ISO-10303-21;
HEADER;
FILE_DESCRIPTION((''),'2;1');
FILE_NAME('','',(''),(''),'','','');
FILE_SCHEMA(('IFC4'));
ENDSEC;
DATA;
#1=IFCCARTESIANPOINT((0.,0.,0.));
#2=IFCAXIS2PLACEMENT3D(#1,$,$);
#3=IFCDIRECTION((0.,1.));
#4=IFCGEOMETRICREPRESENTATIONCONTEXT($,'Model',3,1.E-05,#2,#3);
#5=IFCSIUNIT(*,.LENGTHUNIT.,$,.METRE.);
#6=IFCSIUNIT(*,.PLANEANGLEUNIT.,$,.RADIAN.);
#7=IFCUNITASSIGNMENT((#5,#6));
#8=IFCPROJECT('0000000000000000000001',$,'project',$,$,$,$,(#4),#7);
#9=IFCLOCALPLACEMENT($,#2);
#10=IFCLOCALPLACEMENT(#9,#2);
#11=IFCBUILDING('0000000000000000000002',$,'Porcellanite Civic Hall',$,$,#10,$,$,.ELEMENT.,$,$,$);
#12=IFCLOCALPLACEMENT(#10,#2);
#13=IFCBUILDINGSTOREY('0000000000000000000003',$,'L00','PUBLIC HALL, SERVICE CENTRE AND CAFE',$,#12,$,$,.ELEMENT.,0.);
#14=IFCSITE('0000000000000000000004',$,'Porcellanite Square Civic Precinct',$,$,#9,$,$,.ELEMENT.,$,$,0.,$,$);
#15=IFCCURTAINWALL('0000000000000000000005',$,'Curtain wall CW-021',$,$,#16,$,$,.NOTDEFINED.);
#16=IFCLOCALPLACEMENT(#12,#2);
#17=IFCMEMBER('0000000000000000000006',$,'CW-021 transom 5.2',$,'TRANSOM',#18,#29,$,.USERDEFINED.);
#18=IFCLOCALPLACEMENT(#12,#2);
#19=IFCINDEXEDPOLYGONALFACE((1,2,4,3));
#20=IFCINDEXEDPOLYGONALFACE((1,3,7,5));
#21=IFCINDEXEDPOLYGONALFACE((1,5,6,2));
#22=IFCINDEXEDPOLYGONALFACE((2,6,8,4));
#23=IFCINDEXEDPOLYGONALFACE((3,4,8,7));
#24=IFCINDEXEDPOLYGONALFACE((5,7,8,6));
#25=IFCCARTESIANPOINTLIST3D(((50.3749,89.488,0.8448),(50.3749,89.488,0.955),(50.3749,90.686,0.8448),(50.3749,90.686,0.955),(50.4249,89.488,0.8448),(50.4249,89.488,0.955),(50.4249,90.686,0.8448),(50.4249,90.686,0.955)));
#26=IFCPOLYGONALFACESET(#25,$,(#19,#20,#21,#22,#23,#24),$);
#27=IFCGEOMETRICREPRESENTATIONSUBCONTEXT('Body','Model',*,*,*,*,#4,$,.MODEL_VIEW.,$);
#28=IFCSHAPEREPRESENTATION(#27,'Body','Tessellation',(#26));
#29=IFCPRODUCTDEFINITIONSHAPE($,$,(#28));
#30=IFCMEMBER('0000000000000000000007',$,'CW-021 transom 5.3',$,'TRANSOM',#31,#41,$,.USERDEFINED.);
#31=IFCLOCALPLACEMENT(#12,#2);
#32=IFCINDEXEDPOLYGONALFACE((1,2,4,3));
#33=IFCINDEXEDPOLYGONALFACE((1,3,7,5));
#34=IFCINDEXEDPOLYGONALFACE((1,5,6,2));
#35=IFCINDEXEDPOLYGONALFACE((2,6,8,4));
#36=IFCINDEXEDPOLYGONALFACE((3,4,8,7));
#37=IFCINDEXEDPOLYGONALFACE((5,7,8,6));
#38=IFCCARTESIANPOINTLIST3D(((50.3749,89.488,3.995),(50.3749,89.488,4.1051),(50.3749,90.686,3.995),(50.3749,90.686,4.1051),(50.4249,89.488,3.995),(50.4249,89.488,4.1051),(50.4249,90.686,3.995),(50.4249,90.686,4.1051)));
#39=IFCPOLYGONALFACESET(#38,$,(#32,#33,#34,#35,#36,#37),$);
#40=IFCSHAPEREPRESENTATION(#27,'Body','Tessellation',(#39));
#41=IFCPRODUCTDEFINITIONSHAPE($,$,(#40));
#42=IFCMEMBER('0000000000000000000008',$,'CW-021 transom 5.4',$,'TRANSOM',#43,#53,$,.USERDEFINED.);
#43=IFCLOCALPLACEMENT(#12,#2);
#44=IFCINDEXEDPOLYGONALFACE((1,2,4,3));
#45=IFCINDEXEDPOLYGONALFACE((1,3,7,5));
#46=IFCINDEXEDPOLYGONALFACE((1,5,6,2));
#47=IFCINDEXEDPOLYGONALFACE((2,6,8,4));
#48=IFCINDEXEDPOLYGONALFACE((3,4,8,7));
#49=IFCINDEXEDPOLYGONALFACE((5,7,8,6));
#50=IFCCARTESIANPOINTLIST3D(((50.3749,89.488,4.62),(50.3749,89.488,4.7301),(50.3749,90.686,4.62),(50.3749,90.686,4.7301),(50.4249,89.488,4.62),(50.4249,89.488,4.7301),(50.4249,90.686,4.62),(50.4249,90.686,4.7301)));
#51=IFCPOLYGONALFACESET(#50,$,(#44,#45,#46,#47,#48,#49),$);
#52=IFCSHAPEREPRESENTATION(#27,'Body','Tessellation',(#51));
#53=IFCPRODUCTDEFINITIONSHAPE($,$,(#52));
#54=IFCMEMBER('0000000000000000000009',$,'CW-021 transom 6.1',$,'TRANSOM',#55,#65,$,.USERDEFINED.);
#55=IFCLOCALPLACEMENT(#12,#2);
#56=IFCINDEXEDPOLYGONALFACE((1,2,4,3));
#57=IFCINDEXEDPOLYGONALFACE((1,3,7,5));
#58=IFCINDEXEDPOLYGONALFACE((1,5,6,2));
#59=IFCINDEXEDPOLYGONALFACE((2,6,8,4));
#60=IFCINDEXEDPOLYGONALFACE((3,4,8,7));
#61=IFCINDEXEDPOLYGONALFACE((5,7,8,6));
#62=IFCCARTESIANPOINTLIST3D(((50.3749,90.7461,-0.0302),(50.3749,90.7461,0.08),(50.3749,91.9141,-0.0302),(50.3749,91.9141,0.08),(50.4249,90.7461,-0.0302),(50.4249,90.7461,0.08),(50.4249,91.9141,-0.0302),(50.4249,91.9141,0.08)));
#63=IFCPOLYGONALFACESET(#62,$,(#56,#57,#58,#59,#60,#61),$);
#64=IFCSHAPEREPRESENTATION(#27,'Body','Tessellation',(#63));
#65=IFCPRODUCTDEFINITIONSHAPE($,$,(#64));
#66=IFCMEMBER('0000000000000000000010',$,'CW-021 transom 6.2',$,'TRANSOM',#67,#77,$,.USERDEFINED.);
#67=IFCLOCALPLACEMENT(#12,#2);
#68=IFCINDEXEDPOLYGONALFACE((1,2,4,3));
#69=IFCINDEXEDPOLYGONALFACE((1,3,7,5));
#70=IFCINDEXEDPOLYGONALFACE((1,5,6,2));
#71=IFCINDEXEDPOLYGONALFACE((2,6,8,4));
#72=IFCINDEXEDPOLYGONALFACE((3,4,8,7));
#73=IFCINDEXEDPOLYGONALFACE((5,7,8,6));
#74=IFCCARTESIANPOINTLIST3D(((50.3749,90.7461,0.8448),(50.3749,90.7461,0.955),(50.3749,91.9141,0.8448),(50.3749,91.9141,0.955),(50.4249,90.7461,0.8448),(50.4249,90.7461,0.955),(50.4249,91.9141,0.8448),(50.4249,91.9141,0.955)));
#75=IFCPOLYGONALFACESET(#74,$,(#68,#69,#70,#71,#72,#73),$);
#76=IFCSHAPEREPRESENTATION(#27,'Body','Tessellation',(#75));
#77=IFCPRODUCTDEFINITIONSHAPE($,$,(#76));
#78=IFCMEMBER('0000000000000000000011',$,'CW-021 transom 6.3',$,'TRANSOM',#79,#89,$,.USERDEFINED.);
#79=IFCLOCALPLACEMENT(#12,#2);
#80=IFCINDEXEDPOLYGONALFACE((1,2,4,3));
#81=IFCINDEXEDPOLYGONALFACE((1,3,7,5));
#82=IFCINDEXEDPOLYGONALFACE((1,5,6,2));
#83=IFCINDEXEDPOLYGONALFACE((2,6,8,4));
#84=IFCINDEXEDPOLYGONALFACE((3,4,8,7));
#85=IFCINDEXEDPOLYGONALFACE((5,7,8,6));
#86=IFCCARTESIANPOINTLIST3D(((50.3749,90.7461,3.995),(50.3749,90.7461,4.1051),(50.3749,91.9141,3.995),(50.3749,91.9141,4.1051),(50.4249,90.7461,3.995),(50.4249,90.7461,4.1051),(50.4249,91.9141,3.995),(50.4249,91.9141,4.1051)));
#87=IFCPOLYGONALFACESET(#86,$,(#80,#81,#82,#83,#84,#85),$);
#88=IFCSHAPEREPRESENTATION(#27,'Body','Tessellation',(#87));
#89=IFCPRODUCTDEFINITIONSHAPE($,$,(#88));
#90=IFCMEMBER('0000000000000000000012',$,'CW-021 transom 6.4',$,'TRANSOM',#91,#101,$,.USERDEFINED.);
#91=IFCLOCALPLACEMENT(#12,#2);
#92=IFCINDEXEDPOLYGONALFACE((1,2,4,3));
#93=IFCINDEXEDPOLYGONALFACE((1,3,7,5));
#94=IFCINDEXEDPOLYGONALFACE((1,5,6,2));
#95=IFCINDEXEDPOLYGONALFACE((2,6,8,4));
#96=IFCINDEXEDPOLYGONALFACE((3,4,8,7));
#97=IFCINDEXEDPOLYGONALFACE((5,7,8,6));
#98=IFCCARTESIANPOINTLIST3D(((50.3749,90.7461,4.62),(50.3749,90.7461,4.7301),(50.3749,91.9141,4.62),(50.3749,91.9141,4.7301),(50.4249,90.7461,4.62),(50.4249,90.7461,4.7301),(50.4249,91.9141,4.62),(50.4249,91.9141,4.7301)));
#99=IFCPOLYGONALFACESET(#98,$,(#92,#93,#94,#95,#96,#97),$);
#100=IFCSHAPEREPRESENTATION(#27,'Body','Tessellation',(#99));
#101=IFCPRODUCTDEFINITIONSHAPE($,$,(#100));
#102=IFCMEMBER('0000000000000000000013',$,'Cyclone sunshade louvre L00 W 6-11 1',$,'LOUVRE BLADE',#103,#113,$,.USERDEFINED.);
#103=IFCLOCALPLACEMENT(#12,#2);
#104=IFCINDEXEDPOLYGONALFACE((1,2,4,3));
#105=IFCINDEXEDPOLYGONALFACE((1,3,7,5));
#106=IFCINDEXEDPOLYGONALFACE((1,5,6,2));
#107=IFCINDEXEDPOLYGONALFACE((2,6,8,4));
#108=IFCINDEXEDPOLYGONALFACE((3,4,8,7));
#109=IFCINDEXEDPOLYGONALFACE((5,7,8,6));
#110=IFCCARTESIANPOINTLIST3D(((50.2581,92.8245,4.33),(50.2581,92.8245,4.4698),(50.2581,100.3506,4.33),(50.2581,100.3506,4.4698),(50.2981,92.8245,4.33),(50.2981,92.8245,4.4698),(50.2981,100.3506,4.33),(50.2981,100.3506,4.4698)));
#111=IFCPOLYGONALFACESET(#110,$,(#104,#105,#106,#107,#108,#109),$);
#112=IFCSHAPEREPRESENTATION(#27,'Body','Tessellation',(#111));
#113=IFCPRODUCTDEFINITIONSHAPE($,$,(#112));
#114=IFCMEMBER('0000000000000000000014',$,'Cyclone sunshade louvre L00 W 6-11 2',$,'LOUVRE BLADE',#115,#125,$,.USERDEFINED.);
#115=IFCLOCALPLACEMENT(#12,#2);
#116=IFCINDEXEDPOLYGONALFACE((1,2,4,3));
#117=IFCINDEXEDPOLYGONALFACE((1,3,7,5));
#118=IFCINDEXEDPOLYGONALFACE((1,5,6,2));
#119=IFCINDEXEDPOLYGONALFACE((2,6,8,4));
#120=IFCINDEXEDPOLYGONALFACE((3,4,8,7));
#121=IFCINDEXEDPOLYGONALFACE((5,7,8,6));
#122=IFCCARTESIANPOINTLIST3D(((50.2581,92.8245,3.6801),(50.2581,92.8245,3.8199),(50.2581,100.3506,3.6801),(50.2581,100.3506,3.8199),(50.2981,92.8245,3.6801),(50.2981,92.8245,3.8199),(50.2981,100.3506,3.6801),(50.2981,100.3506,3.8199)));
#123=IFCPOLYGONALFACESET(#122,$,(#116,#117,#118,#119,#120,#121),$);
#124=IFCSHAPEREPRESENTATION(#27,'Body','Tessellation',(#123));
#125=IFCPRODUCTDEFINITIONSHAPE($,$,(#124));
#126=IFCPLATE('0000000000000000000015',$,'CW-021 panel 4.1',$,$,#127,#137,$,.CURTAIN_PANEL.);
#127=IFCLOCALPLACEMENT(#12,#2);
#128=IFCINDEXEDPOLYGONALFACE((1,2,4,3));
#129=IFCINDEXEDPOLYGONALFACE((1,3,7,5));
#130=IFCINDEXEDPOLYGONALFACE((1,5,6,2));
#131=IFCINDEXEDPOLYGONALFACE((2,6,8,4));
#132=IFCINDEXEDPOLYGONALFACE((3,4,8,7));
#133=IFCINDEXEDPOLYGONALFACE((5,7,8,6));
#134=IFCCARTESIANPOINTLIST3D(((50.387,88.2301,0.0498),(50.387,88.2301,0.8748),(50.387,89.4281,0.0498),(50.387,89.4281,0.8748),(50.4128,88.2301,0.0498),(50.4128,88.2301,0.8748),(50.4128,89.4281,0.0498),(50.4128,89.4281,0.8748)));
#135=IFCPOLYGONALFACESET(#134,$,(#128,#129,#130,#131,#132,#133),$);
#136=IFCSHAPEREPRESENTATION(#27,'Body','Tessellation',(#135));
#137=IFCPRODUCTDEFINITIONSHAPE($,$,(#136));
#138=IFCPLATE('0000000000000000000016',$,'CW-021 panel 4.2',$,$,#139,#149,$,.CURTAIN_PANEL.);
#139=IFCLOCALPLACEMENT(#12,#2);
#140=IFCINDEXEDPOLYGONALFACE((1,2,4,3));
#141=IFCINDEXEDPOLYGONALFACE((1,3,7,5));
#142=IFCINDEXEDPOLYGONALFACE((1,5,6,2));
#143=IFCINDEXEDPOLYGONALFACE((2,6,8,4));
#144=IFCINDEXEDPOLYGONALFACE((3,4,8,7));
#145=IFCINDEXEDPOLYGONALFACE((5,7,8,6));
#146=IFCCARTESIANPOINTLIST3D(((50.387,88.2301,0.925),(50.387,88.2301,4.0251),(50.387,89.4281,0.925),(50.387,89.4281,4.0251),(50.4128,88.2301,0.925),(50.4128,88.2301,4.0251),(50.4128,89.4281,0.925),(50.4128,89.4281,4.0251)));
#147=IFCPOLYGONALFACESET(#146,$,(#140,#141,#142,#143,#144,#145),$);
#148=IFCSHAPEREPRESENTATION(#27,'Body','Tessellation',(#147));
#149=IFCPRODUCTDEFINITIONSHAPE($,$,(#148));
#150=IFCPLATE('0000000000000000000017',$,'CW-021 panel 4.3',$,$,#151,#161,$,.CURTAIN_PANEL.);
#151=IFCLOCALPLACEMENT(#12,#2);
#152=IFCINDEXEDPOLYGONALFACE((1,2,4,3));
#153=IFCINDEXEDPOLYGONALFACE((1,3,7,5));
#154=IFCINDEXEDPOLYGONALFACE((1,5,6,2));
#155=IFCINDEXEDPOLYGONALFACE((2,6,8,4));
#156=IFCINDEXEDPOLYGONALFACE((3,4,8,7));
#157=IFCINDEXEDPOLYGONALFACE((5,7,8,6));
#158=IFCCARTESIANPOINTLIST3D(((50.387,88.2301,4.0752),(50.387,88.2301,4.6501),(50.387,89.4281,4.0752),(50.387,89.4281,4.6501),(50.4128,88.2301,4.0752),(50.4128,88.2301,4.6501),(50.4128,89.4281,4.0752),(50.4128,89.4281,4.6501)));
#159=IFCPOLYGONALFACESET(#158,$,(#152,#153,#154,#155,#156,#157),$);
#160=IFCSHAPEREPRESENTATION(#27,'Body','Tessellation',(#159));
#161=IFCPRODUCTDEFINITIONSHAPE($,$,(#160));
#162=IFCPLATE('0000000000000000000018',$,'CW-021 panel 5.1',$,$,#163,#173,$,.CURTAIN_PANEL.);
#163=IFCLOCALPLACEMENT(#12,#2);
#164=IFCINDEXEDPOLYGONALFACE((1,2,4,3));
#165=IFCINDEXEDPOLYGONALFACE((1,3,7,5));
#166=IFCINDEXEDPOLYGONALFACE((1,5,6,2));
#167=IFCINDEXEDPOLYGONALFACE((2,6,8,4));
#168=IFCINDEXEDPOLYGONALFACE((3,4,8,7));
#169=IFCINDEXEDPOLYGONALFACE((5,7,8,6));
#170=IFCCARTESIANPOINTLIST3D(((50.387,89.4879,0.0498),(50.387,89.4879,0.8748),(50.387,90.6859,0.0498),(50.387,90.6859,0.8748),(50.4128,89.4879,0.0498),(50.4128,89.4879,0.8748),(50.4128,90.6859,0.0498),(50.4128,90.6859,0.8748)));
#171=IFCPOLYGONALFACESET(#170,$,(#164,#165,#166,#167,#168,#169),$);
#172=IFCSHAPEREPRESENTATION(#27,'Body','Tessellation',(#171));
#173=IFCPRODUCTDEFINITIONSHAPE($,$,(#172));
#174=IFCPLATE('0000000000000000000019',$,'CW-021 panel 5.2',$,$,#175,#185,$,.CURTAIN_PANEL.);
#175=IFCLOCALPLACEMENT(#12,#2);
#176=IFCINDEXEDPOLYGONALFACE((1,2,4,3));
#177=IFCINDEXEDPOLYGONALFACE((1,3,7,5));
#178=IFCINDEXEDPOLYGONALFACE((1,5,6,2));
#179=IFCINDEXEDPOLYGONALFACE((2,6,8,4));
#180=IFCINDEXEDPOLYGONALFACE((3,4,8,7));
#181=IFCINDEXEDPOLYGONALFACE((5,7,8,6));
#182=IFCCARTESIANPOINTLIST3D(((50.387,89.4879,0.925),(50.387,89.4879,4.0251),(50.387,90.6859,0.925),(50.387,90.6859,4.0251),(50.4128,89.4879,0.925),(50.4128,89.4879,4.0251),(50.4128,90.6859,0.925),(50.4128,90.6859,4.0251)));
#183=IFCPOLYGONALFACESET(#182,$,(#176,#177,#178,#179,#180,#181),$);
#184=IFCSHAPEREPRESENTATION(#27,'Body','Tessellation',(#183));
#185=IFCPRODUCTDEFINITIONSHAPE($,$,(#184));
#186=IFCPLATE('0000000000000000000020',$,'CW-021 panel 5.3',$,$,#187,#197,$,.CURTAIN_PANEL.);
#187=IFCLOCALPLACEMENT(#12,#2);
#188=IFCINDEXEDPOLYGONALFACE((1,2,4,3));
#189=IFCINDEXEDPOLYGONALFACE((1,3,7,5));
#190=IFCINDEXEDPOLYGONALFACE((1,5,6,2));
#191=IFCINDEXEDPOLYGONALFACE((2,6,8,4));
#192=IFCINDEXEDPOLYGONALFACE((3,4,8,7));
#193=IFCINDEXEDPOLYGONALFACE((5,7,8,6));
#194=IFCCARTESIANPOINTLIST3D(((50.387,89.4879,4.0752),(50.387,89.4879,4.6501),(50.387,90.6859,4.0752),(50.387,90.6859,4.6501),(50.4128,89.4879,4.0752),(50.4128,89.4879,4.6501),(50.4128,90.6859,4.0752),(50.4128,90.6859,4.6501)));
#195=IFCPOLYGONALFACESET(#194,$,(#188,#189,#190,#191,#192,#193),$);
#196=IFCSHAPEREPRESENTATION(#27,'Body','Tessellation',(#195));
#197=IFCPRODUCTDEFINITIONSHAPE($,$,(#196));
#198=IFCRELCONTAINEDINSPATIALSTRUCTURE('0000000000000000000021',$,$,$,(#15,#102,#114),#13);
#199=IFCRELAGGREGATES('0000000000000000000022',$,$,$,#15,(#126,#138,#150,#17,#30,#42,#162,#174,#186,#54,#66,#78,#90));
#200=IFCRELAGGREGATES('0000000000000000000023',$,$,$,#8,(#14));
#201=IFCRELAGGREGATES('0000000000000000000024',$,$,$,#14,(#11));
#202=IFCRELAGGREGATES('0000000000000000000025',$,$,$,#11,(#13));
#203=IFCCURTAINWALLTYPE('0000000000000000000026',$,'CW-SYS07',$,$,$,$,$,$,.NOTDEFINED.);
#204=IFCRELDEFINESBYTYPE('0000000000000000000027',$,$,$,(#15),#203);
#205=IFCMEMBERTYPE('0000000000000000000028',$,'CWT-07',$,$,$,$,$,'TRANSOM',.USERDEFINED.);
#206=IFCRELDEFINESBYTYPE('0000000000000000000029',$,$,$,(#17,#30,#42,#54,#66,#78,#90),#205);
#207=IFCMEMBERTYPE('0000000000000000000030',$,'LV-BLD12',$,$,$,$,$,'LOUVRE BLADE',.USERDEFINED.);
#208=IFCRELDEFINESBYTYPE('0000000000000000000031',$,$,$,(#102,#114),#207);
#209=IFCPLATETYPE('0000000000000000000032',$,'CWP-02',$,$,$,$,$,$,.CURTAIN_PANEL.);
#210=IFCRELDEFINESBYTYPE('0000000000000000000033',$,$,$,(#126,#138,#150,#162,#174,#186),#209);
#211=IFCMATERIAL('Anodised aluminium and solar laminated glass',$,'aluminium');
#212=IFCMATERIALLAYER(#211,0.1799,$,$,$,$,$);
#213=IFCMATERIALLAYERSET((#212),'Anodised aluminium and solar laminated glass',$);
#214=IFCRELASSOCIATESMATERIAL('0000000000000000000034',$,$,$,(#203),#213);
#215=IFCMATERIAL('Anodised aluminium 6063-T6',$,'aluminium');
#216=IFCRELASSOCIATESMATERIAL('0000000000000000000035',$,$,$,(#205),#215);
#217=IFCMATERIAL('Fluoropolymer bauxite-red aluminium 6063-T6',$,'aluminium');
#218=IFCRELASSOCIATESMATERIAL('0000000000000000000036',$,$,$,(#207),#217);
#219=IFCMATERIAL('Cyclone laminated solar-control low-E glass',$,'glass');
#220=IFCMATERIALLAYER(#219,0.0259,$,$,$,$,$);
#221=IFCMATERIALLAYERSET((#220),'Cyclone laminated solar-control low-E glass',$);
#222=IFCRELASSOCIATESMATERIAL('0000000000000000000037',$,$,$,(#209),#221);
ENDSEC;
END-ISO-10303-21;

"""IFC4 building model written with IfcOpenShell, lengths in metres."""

from ifc_helpers import new_model, si_unit, direction, frame, origin, origin_2d, place, context, subcontext, project, spatial, rectangle, extrude, material, layer, layer_set, material_profile, profile_set, type_object, element, aggregate, save


model = new_model("IFC4")

# Units and contexts
model_context = context("Model", 3, precision=1e-05, world=origin(), true_north=direction((0.0, 1.0)))
body_context = subcontext(model_context, "Body", "Model", "MODEL_VIEW")
ifc_project = project(units=[si_unit("LENGTHUNIT", "METRE"), si_unit("PLANEANGLEUNIT", "RADIAN")], contexts=[model_context])

# Site, building, storey
site_placement = place(None, origin())
site = spatial("IfcSite", under=ifc_project, at=site_placement, Name="Porcellanite Square Civic Precinct", CompositionType="ELEMENT", RefElevation=0.0)
building_placement = place(site_placement, origin())
building = spatial("IfcBuilding", under=site, at=building_placement, Name="Porcellanite Civic Hall", CompositionType="ELEMENT")
storey_placement = place(building_placement, origin())
storey = spatial("IfcBuildingStorey", under=building, at=storey_placement, Name="L00", Description="PUBLIC HALL, SERVICE CENTRE AND CAFE", CompositionType="ELEMENT", Elevation=0.0)

# Curtain wall
ifc_material_1 = material(Name="Anodised aluminium and solar laminated glass", Category="aluminium")
ifc_layer_1 = layer(ifc_material_1, 0.1799)
ifc_layer_set_1 = layer_set([ifc_layer_1], Name="Anodised aluminium and solar laminated glass")
curtain_wall_type_1 = type_object("IfcCurtainWallType", Name="CW-SYS07", PredefinedType="NOTDEFINED", material=ifc_layer_set_1)
curtain_wall_1_placement = place(storey_placement, origin())
curtain_wall_1 = element("IfcCurtainWall", 1, at=curtain_wall_1_placement, inside=storey, type_object=curtain_wall_type_1, Name="Curtain wall CW-021", PredefinedType="NOTDEFINED")

# Members
ifc_material_2 = material(Name="Anodised aluminium 6063-T6", Category="aluminium")
ifc_material_profile_1 = material_profile(ifc_material_2, rectangle(XDim=0.05, YDim=0.1101, at=origin_2d()), Name="AL-50x110")
ifc_profile_set_1 = profile_set([ifc_material_profile_1], Name="Anodised aluminium 6063-T6")
member_type_1 = type_object("IfcMemberType", Name="CWT-07", ElementType="TRANSOM", PredefinedType="USERDEFINED", material=ifc_profile_set_1)
member_1_placement = place(storey_placement, frame((50.3999, 89.488, 0.8999), z_axis=(0.0, 1.0, 0.0), x_axis=(-1.0, 0.0, 0.0)))
member_1 = element("IfcMember", 2, at=member_1_placement, type_object=member_type_1, Name="CW-021 transom 5.2", ObjectType="TRANSOM", PredefinedType="USERDEFINED", context=body_context, shape_type="SweptSolid", body=[
    extrude(rectangle(XDim=0.05, YDim=0.1101, at=origin_2d()), origin(), (0.0, 0.0, 1.0), 1.198),
])
member_2_placement = place(storey_placement, frame((50.3999, 89.488, 4.05), z_axis=(0.0, 1.0, 0.0), x_axis=(-1.0, 0.0, 0.0)))
member_2 = element("IfcMember", 3, at=member_2_placement, type_object=member_type_1, Name="CW-021 transom 5.3", ObjectType="TRANSOM", PredefinedType="USERDEFINED", context=body_context, shape_type="SweptSolid", body=[
    extrude(rectangle(XDim=0.05, YDim=0.1101, at=origin_2d()), origin(), (0.0, 0.0, 1.0), 1.198),
])
member_3_placement = place(storey_placement, frame((50.3999, 89.488, 4.675), z_axis=(0.0, 1.0, 0.0), x_axis=(-1.0, 0.0, 0.0)))
member_3 = element("IfcMember", 4, at=member_3_placement, type_object=member_type_1, Name="CW-021 transom 5.4", ObjectType="TRANSOM", PredefinedType="USERDEFINED", context=body_context, shape_type="SweptSolid", body=[
    extrude(rectangle(XDim=0.05, YDim=0.1101, at=origin_2d()), origin(), (0.0, 0.0, 1.0), 1.198),
])
member_4_placement = place(storey_placement, frame((50.3999, 90.7461, 0.0249), z_axis=(0.0, 1.0, 0.0), x_axis=(-1.0, 0.0, 0.0)))
member_4 = element("IfcMember", 5, at=member_4_placement, type_object=member_type_1, Name="CW-021 transom 6.1", ObjectType="TRANSOM", PredefinedType="USERDEFINED", context=body_context, shape_type="SweptSolid", body=[
    extrude(rectangle(XDim=0.05, YDim=0.1101, at=origin_2d()), origin(), (0.0, 0.0, 1.0), 1.168),
])
member_5_placement = place(storey_placement, frame((50.3999, 90.7461, 0.8999), z_axis=(0.0, 1.0, 0.0), x_axis=(-1.0, 0.0, 0.0)))
member_5 = element("IfcMember", 6, at=member_5_placement, type_object=member_type_1, Name="CW-021 transom 6.2", ObjectType="TRANSOM", PredefinedType="USERDEFINED", context=body_context, shape_type="SweptSolid", body=[
    extrude(rectangle(XDim=0.05, YDim=0.1101, at=origin_2d()), origin(), (0.0, 0.0, 1.0), 1.168),
])
member_6_placement = place(storey_placement, frame((50.3999, 90.7461, 4.05), z_axis=(0.0, 1.0, 0.0), x_axis=(-1.0, 0.0, 0.0)))
member_6 = element("IfcMember", 7, at=member_6_placement, type_object=member_type_1, Name="CW-021 transom 6.3", ObjectType="TRANSOM", PredefinedType="USERDEFINED", context=body_context, shape_type="SweptSolid", body=[
    extrude(rectangle(XDim=0.05, YDim=0.1101, at=origin_2d()), origin(), (0.0, 0.0, 1.0), 1.168),
])
member_7_placement = place(storey_placement, frame((50.3999, 90.7461, 4.675), z_axis=(0.0, 1.0, 0.0), x_axis=(-1.0, 0.0, 0.0)))
member_7 = element("IfcMember", 8, at=member_7_placement, type_object=member_type_1, Name="CW-021 transom 6.4", ObjectType="TRANSOM", PredefinedType="USERDEFINED", context=body_context, shape_type="SweptSolid", body=[
    extrude(rectangle(XDim=0.05, YDim=0.1101, at=origin_2d()), origin(), (0.0, 0.0, 1.0), 1.168),
])

# Members
ifc_material_3 = material(Name="Fluoropolymer bauxite-red aluminium 6063-T6", Category="aluminium")
ifc_material_profile_2 = material_profile(ifc_material_3, rectangle(XDim=0.04, YDim=0.1399, at=origin_2d()), Name="AL-40x140")
ifc_profile_set_2 = profile_set([ifc_material_profile_2], Name="Fluoropolymer bauxite-red aluminium 6063-T6")
member_type_2 = type_object("IfcMemberType", Name="LV-BLD12", ElementType="LOUVRE BLADE", PredefinedType="USERDEFINED", material=ifc_profile_set_2)
for number, where, z_axis, x_axis, name in (
    (9, (50.2781, 92.8245, 4.3999), (0.0, 1.0, 0.0), (-1.0, 0.0, 0.0), "Cyclone sunshade louvre L00 W 6-11 1"),
    (10, (50.2781, 92.8245, 3.75), (0.0, 1.0, 0.0), (-1.0, 0.0, 0.0), "Cyclone sunshade louvre L00 W 6-11 2"),
):
    element("IfcMember", number, at=place(storey_placement, frame(where, z_axis=z_axis, x_axis=x_axis)), inside=storey, type_object=member_type_2, Name=name, ObjectType="LOUVRE BLADE", PredefinedType="USERDEFINED", context=body_context, shape_type="SweptSolid", body=[
        extrude(rectangle(XDim=0.04, YDim=0.1399, at=origin_2d()), origin(), (0.0, 0.0, 1.0), 7.5261),
    ])

# Plates
ifc_material_4 = material(Name="Cyclone laminated solar-control low-E glass", Category="glass")
ifc_layer_2 = layer(ifc_material_4, 0.0259)
ifc_layer_set_2 = layer_set([ifc_layer_2], Name="Cyclone laminated solar-control low-E glass")
plate_type = type_object("IfcPlateType", Name="CWP-02", PredefinedType="CURTAIN_PANEL", material=ifc_layer_set_2)
plate_1_placement = place(storey_placement, frame((50.3999, 88.8291, 0.0498), z_axis=(0.0, 0.0, 1.0), x_axis=(0.0, 1.0, 0.0)))
plate_1 = element("IfcPlate", 11, at=plate_1_placement, type_object=plate_type, Name="CW-021 panel 4.1", PredefinedType="CURTAIN_PANEL", context=body_context, shape_type="SweptSolid", body=[
    extrude(rectangle(XDim=1.198, YDim=0.0259, at=origin_2d()), origin(), (0.0, 0.0, 1.0), 0.825),
])
plate_2_placement = place(storey_placement, frame((50.3999, 88.8291, 0.925), z_axis=(0.0, 0.0, 1.0), x_axis=(0.0, 1.0, 0.0)))
plate_2 = element("IfcPlate", 12, at=plate_2_placement, type_object=plate_type, Name="CW-021 panel 4.2", PredefinedType="CURTAIN_PANEL", context=body_context, shape_type="SweptSolid", body=[
    extrude(rectangle(XDim=1.198, YDim=0.0259, at=origin_2d()), origin(), (0.0, 0.0, 1.0), 3.1001),
])
plate_3_placement = place(storey_placement, frame((50.3999, 88.8291, 4.0752), z_axis=(0.0, 0.0, 1.0), x_axis=(0.0, 1.0, 0.0)))
plate_3 = element("IfcPlate", 13, at=plate_3_placement, type_object=plate_type, Name="CW-021 panel 4.3", PredefinedType="CURTAIN_PANEL", context=body_context, shape_type="SweptSolid", body=[
    extrude(rectangle(XDim=1.198, YDim=0.0259, at=origin_2d()), origin(), (0.0, 0.0, 1.0), 0.575),
])
plate_4_placement = place(storey_placement, frame((50.3999, 90.0869, 0.0498), z_axis=(0.0, 0.0, 1.0), x_axis=(0.0, 1.0, 0.0)))
plate_4 = element("IfcPlate", 14, at=plate_4_placement, type_object=plate_type, Name="CW-021 panel 5.1", PredefinedType="CURTAIN_PANEL", context=body_context, shape_type="SweptSolid", body=[
    extrude(rectangle(XDim=1.198, YDim=0.0259, at=origin_2d()), origin(), (0.0, 0.0, 1.0), 0.825),
])
plate_5_placement = place(storey_placement, frame((50.3999, 90.0869, 0.925), z_axis=(0.0, 0.0, 1.0), x_axis=(0.0, 1.0, 0.0)))
plate_5 = element("IfcPlate", 15, at=plate_5_placement, type_object=plate_type, Name="CW-021 panel 5.2", PredefinedType="CURTAIN_PANEL", context=body_context, shape_type="SweptSolid", body=[
    extrude(rectangle(XDim=1.198, YDim=0.0259, at=origin_2d()), origin(), (0.0, 0.0, 1.0), 3.1001),
])
plate_6_placement = place(storey_placement, frame((50.3999, 90.0869, 4.0752), z_axis=(0.0, 0.0, 1.0), x_axis=(0.0, 1.0, 0.0)))
plate_6 = element("IfcPlate", 16, at=plate_6_placement, type_object=plate_type, Name="CW-021 panel 5.3", PredefinedType="CURTAIN_PANEL", context=body_context, shape_type="SweptSolid", body=[
    extrude(rectangle(XDim=1.198, YDim=0.0259, at=origin_2d()), origin(), (0.0, 0.0, 1.0), 0.575),
])
aggregate(curtain_wall_1, [plate_1, plate_2, plate_3, member_1, member_2, member_3, plate_4, plate_5, plate_6, member_4, member_5, member_6, member_7])

save(model, "model.ifc")
